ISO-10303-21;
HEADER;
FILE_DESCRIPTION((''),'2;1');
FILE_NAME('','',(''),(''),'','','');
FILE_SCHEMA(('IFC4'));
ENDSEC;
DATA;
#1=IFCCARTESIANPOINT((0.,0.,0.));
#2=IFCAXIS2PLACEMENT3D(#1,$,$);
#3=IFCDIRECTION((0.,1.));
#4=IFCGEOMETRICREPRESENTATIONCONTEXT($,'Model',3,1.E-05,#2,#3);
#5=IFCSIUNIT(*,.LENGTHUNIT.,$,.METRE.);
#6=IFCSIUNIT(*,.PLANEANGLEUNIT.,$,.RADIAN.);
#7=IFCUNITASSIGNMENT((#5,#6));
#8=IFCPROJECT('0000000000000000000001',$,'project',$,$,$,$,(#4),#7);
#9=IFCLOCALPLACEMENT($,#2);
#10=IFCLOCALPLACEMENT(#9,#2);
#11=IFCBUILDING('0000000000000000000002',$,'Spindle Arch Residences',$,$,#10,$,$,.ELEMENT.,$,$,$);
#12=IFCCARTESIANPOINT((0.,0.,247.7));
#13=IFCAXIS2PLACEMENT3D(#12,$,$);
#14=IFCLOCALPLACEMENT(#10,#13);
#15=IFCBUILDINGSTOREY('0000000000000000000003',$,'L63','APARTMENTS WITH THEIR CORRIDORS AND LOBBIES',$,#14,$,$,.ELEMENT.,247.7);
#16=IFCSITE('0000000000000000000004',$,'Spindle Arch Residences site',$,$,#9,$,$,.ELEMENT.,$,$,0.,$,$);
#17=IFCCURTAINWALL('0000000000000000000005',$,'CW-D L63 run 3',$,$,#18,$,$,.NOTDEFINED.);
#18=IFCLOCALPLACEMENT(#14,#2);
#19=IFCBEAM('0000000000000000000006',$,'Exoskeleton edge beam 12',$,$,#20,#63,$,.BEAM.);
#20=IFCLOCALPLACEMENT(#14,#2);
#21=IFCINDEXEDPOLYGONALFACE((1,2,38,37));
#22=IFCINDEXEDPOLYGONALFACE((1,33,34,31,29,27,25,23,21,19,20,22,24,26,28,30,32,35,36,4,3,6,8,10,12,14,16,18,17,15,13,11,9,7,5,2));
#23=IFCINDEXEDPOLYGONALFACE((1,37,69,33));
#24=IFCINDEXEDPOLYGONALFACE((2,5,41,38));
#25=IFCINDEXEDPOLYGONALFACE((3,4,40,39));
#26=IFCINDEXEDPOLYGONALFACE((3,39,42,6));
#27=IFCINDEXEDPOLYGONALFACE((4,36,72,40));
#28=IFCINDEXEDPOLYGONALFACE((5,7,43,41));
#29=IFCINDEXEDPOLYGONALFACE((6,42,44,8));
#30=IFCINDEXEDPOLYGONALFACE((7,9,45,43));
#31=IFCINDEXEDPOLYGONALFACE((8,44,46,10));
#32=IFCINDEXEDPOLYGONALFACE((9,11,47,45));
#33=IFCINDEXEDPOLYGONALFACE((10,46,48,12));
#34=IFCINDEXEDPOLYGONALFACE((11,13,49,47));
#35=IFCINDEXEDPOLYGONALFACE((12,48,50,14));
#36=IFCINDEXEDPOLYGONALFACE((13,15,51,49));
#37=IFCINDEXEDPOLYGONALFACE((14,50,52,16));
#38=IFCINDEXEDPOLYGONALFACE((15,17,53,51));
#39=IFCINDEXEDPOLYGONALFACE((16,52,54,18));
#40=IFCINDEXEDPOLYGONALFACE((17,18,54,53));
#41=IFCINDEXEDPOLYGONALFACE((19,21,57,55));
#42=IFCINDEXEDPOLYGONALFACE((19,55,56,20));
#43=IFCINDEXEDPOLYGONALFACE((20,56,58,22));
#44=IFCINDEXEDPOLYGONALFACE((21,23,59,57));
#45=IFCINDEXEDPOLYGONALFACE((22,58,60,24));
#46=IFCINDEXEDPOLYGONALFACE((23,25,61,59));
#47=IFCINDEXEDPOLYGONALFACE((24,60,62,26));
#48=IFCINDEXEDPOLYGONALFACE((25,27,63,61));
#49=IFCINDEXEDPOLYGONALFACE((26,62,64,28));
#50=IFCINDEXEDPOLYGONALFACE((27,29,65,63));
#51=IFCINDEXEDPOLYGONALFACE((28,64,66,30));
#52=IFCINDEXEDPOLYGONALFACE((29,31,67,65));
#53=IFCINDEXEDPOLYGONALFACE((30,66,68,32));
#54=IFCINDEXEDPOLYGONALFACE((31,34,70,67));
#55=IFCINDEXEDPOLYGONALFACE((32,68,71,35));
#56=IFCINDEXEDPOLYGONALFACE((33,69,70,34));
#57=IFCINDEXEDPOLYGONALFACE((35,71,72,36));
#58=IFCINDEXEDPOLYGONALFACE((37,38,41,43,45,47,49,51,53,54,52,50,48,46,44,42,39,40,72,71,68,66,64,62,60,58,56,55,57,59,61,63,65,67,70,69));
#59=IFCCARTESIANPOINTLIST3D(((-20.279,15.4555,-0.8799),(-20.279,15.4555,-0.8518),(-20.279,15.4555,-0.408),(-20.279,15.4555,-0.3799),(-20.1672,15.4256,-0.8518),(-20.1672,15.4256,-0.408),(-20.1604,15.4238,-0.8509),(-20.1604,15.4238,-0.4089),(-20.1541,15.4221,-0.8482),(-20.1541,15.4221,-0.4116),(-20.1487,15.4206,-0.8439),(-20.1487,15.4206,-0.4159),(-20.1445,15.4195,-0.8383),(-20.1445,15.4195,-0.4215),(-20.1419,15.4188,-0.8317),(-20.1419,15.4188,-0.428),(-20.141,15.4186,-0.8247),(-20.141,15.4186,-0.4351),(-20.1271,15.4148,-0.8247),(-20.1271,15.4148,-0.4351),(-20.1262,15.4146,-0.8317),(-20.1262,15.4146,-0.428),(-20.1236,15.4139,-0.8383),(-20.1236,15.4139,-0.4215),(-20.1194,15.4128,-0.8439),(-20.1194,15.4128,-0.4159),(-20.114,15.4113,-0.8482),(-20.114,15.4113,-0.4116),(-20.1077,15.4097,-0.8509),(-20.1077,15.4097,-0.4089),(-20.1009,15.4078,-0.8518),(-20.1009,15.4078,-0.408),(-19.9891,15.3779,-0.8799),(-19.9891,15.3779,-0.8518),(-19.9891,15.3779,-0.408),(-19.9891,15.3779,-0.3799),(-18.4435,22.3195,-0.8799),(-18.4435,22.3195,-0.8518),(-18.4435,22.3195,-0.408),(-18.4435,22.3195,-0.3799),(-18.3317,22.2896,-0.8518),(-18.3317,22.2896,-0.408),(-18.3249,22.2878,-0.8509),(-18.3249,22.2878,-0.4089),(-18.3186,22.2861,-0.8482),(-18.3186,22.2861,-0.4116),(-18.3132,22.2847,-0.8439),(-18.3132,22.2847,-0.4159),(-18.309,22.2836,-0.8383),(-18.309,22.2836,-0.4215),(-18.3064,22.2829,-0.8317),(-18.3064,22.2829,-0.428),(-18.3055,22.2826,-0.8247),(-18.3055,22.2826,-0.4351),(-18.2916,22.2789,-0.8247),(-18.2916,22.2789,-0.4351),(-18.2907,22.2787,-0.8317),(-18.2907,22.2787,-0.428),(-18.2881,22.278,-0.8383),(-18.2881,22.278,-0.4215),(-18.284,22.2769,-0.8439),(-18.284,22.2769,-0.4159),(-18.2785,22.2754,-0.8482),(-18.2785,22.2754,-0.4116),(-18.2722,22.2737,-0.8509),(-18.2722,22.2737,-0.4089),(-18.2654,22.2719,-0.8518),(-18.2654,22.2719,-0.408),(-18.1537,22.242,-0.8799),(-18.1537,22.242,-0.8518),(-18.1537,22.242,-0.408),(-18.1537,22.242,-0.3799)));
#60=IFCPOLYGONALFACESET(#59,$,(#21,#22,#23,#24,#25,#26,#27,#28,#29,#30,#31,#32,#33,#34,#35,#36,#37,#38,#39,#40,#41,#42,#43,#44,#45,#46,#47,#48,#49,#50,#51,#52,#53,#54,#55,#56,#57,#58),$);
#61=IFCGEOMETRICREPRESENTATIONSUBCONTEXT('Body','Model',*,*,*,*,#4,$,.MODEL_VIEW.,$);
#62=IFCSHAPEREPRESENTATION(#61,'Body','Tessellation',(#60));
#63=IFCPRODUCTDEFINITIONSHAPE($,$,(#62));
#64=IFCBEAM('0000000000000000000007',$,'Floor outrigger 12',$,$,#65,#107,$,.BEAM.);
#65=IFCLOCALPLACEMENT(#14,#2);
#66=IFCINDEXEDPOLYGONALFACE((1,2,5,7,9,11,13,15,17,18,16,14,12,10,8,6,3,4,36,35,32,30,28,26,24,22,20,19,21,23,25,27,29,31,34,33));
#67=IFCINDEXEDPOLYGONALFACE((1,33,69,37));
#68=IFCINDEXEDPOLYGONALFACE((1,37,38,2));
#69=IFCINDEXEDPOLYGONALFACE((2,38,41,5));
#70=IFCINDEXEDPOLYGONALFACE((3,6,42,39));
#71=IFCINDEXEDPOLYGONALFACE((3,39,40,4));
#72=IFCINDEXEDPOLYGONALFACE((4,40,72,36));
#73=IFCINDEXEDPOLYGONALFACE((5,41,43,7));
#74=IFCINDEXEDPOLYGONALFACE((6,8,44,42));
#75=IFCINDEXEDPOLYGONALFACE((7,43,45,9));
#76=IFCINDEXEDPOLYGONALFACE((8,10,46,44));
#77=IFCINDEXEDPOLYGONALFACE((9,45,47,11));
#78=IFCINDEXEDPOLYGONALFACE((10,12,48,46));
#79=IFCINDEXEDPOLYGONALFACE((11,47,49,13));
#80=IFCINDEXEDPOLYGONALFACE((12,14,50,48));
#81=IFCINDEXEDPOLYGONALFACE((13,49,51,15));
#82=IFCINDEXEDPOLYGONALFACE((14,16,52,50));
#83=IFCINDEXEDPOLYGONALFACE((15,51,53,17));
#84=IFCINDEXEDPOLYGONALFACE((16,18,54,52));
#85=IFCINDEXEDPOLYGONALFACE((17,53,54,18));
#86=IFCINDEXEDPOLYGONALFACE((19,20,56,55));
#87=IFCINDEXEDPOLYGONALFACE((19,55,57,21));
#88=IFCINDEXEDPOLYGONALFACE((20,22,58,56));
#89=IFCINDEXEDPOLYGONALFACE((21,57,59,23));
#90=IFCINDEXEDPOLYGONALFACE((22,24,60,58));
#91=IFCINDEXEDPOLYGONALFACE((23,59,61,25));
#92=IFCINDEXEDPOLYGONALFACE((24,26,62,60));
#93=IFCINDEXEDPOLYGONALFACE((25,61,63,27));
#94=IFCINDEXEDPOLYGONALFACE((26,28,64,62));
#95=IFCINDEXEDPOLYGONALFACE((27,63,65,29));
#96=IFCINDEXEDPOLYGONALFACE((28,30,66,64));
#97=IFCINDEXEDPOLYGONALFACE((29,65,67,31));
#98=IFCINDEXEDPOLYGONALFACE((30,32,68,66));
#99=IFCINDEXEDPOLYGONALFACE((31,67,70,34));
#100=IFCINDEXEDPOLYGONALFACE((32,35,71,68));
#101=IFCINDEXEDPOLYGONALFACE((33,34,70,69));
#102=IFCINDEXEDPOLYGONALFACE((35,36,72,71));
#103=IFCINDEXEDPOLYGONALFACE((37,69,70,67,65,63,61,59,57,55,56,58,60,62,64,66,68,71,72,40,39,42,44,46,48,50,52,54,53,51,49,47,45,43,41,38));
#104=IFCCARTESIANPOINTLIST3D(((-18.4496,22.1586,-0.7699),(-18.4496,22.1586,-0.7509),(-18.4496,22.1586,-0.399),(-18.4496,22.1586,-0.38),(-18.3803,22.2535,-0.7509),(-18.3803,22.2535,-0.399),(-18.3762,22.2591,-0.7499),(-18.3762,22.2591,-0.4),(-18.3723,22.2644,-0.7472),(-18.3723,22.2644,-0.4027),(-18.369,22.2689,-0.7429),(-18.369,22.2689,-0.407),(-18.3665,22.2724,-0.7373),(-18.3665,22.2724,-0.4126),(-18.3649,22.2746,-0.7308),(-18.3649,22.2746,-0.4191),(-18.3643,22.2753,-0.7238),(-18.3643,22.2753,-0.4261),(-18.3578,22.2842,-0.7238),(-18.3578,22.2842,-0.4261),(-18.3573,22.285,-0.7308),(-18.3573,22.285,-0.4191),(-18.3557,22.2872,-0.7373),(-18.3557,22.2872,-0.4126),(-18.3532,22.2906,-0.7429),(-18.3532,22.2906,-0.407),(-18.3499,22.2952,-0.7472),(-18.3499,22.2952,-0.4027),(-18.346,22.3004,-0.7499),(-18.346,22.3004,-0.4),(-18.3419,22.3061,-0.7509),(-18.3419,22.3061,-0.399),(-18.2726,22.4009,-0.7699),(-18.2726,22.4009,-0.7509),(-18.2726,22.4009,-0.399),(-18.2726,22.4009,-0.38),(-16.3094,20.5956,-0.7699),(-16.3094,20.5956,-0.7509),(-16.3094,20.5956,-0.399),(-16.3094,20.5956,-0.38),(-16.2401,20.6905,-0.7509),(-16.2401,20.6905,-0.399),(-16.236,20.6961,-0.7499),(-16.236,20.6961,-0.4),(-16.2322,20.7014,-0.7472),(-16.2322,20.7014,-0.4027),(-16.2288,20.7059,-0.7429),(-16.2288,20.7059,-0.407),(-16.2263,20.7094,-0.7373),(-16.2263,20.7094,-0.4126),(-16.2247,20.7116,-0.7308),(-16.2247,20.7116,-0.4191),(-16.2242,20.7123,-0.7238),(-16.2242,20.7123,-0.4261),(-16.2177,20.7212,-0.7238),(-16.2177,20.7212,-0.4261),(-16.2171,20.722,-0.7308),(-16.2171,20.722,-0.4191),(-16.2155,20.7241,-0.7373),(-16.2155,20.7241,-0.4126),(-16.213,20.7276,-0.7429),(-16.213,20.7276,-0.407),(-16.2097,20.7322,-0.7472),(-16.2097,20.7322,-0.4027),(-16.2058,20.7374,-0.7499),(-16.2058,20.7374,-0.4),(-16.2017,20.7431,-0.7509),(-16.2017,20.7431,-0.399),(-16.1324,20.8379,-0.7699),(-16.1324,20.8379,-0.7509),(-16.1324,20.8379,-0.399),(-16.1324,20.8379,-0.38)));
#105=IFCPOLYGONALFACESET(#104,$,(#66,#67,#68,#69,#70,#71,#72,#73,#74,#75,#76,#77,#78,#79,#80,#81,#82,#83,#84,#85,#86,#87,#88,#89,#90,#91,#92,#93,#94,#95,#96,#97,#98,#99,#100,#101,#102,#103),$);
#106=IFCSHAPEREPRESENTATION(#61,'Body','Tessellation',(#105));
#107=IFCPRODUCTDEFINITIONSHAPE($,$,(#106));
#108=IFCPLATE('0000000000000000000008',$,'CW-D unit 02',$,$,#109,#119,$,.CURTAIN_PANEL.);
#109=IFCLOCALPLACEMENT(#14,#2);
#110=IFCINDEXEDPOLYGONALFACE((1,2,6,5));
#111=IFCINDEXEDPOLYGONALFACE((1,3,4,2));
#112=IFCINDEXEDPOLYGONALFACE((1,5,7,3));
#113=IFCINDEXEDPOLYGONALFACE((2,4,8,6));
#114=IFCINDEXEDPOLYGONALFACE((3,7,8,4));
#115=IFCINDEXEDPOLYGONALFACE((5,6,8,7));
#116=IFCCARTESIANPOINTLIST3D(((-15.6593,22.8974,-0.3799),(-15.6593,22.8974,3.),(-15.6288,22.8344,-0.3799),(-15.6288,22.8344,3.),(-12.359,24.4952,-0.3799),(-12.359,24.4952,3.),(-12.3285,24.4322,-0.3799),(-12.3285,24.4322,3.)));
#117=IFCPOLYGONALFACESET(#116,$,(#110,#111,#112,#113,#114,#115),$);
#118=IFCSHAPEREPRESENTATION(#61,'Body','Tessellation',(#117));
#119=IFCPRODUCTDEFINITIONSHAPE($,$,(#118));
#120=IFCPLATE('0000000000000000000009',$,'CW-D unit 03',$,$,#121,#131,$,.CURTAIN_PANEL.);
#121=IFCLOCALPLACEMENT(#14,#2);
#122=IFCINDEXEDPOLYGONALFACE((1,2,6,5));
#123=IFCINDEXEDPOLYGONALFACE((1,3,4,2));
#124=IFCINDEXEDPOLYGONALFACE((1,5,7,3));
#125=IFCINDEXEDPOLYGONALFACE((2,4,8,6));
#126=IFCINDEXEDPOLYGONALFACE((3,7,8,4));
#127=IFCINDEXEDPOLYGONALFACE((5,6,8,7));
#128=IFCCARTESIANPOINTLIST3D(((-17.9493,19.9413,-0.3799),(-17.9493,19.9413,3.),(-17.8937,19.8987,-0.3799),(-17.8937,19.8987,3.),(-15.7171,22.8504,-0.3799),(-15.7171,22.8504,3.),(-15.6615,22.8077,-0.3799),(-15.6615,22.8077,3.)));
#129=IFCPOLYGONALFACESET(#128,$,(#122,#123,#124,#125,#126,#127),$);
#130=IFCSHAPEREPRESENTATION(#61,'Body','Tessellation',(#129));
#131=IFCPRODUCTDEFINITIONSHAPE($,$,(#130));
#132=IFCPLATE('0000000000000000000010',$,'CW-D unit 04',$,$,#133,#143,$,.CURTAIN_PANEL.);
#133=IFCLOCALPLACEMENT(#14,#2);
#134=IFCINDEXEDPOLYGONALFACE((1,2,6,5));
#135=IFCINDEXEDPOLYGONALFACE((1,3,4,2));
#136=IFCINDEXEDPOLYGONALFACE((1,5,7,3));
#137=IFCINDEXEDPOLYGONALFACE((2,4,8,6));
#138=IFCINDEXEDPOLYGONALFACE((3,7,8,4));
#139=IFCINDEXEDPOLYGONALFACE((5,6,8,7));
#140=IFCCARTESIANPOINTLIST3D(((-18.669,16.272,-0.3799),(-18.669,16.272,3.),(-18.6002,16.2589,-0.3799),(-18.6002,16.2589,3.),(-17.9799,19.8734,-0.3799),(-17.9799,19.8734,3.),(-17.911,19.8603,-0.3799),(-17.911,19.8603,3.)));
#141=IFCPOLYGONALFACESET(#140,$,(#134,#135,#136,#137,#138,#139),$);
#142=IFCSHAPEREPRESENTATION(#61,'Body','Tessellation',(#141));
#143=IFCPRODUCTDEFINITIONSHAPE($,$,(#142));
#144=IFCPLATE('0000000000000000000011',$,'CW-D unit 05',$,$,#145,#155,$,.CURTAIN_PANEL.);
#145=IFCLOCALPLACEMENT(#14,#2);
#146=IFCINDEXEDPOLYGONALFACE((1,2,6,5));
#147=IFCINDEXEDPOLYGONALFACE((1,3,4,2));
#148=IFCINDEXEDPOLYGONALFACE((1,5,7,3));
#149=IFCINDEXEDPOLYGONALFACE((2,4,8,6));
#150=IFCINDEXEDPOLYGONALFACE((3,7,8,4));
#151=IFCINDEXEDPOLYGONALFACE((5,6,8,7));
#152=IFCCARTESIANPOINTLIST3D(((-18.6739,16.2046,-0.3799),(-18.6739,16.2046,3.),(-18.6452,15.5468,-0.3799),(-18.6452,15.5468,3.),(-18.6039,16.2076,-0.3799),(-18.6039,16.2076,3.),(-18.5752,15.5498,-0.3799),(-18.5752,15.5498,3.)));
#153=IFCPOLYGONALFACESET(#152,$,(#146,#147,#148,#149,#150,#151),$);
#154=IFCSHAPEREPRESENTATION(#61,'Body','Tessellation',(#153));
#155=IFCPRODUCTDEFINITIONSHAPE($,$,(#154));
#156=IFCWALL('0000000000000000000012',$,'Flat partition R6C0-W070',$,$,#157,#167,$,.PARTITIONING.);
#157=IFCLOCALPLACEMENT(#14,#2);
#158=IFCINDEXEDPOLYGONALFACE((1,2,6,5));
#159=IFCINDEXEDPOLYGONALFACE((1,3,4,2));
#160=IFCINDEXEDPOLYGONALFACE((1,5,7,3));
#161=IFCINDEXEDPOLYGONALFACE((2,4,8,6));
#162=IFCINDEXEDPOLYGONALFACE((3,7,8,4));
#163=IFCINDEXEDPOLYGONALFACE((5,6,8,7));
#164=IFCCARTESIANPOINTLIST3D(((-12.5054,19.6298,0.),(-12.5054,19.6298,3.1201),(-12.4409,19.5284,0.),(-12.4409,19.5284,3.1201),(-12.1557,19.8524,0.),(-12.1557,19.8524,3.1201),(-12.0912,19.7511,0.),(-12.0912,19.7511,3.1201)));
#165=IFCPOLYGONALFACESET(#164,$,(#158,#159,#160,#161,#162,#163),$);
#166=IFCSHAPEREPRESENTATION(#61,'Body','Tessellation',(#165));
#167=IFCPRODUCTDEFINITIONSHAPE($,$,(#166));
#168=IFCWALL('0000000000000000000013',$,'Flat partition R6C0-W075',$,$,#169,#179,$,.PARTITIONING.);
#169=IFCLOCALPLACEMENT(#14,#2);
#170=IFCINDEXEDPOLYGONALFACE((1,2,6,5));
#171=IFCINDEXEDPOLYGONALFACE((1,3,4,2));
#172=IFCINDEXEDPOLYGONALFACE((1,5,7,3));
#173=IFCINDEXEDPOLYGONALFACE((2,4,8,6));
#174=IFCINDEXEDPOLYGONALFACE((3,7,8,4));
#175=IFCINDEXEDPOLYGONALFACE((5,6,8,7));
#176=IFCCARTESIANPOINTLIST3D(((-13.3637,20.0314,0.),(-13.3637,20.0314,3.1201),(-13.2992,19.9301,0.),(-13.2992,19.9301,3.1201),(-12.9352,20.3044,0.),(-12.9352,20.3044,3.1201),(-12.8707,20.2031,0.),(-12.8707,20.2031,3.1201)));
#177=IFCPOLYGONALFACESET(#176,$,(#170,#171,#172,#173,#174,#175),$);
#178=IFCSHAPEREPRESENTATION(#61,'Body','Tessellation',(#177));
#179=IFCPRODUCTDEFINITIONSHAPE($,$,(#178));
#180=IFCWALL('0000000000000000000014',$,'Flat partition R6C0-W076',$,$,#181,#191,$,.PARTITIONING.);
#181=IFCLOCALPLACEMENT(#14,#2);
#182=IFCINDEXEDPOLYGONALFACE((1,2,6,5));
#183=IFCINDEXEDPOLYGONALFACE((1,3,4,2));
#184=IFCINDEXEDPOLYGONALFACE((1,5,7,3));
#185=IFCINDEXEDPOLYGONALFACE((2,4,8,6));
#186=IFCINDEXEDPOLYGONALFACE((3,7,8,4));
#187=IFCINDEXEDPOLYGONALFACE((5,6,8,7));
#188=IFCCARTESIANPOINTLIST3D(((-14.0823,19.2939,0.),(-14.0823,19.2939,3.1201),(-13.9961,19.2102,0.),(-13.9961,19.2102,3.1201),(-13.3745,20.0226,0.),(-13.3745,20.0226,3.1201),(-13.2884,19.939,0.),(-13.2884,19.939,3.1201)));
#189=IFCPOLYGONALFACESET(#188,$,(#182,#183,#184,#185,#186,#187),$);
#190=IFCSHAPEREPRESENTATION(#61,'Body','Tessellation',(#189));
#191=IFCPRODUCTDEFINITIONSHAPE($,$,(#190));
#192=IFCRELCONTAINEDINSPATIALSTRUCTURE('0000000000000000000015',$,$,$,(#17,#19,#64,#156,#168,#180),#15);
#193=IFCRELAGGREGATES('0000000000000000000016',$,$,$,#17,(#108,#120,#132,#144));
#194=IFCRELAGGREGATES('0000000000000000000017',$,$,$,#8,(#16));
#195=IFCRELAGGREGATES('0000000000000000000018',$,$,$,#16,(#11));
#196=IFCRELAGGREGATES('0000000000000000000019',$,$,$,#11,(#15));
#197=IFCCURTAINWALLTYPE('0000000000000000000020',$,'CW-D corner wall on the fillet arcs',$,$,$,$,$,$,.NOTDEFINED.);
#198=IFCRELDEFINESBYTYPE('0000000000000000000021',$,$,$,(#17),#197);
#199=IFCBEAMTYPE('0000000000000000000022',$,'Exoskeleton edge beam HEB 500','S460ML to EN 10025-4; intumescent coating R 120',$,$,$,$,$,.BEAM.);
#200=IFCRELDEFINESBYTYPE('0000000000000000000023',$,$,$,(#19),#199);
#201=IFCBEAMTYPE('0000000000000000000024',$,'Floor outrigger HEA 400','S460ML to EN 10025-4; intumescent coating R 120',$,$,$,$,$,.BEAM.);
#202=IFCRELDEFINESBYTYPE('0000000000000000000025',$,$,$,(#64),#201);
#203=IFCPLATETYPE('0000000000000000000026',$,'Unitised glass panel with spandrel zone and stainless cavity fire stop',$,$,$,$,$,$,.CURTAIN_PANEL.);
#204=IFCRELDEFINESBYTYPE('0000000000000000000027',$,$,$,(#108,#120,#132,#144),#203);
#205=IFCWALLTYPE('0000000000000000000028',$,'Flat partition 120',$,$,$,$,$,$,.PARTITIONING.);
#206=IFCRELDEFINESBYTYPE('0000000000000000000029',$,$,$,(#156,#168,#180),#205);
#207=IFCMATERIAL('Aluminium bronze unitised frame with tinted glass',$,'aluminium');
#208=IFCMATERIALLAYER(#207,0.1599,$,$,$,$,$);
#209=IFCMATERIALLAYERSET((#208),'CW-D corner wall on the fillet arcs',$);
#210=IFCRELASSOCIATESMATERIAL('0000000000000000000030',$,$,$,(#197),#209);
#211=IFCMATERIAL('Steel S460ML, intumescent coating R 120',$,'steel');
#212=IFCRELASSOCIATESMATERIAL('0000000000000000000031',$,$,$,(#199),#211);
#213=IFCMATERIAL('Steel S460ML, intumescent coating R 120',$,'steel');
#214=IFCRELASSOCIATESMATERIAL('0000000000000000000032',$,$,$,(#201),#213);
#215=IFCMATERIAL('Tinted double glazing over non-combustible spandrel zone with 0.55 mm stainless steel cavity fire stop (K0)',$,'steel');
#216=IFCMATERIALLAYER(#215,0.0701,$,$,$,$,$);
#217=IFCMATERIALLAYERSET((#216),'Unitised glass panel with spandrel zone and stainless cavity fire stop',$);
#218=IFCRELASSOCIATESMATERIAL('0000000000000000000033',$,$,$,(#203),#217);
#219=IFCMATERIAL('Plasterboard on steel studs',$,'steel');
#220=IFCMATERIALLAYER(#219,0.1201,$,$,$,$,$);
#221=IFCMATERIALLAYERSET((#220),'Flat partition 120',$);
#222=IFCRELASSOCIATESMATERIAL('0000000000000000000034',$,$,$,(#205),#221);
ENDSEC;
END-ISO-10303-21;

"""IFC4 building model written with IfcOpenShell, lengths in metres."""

from ifc_helpers import new_model, si_unit, direction, frame, frame_2d, origin, origin_2d, place, context, subcontext, project, spatial, rectangle, i_section, extrude, material, layer, layer_set, material_profile, profile_set, type_object, element, aggregate, save


model = new_model("IFC4")

# Units and contexts
model_context = context("Model", 3, precision=1e-05, world=origin(), true_north=direction((0.0, 1.0)))
body_context = subcontext(model_context, "Body", "Model", "MODEL_VIEW")
ifc_project = project(units=[si_unit("LENGTHUNIT", "METRE"), si_unit("PLANEANGLEUNIT", "RADIAN")], contexts=[model_context])

# Site, building, storey
site_placement = place(None, origin())
site = spatial("IfcSite", under=ifc_project, at=site_placement, Name="Spindle Arch Residences site", CompositionType="ELEMENT", RefElevation=0.0)
building_placement = place(site_placement, origin())
building = spatial("IfcBuilding", under=site, at=building_placement, Name="Spindle Arch Residences", CompositionType="ELEMENT")
storey_placement = place(building_placement, frame((0.0, 0.0, 247.7)))
storey = spatial("IfcBuildingStorey", under=building, at=storey_placement, Name="L63", Description="APARTMENTS WITH THEIR CORRIDORS AND LOBBIES", CompositionType="ELEMENT", Elevation=247.7)

# Curtain wall
ifc_material_1 = material(Name="Aluminium bronze unitised frame with tinted glass", Category="aluminium")
ifc_layer_1 = layer(ifc_material_1, 0.1599)
ifc_layer_set_1 = layer_set([ifc_layer_1], Name="CW-D corner wall on the fillet arcs")
curtain_wall_type = type_object("IfcCurtainWallType", Name="CW-D corner wall on the fillet arcs", PredefinedType="NOTDEFINED", material=ifc_layer_set_1)
curtain_wall_placement = place(storey_placement, origin())
curtain_wall = element("IfcCurtainWall", 1, at=curtain_wall_placement, inside=storey, type_object=curtain_wall_type, Name="CW-D L63 run 3", PredefinedType="NOTDEFINED")

# Beams
ifc_material_2 = material(Name="Steel S460ML, intumescent coating R 120", Category="steel")
ifc_material_profile_1 = material_profile(ifc_material_2, i_section(OverallWidth=0.3, OverallDepth=0.5, WebThickness=0.0144, FlangeThickness=0.0281, FilletRadius=0.0271, at=origin_2d()), Name="HEB 500")
ifc_profile_set_1 = profile_set([ifc_material_profile_1], Name="Steel S460ML, intumescent coating R 120")
beam_type_1 = type_object("IfcBeamType", Name="Exoskeleton edge beam HEB 500", Description="S460ML to EN 10025-4; intumescent coating R 120", PredefinedType="BEAM", material=ifc_profile_set_1)
beam_1_placement = place(storey_placement, frame((-18.2986, 22.2808, -0.6299), z_axis=(-0.258326, -0.966058, 0.0), x_axis=(0.966058, -0.258326, 0.0)))
element("IfcBeam", 2, at=beam_1_placement, inside=storey, type_object=beam_type_1, Name="Exoskeleton edge beam 12", PredefinedType="BEAM", context=body_context, shape_type="SweptSolid", body=[
    extrude(i_section(OverallWidth=0.3, OverallDepth=0.5, WebThickness=0.0144, FlangeThickness=0.0281, FilletRadius=0.0271, at=origin_2d()), origin(), (0.0, 0.0, 1.0), 7.1052),
])
ifc_material_3 = material(Name="Steel S460ML, intumescent coating R 120", Category="steel")
ifc_material_profile_2 = material_profile(ifc_material_3, i_section(OverallWidth=0.3, OverallDepth=0.3899, WebThickness=0.011, FlangeThickness=0.019, FilletRadius=0.0271, at=origin_2d()), Name="HEA 400")
ifc_profile_set_2 = profile_set([ifc_material_profile_2], Name="Steel S460ML, intumescent coating R 120")
beam_type_2 = type_object("IfcBeamType", Name="Floor outrigger HEA 400", Description="S460ML to EN 10025-4; intumescent coating R 120", PredefinedType="BEAM", material=ifc_profile_set_2)
beam_2_placement = place(storey_placement, frame((-18.3611, 22.2798, -0.575), z_axis=(0.807563, -0.589781, 0.0), x_axis=(0.589781, 0.807563, 0.0)))
element("IfcBeam", 3, at=beam_2_placement, inside=storey, type_object=beam_type_2, Name="Floor outrigger 12", PredefinedType="BEAM", context=body_context, shape_type="SweptSolid", body=[
    extrude(i_section(OverallWidth=0.3, OverallDepth=0.3899, WebThickness=0.011, FlangeThickness=0.019, FilletRadius=0.0271, at=origin_2d()), origin(), (0.0, 0.0, 1.0), 2.6501),
])

# Plates
ifc_material_4 = material(Name="Tinted double glazing over non-combustible spandrel zone with 0.55 mm stainless steel cavity fire stop (K0)", Category="steel")
ifc_layer_2 = layer(ifc_material_4, 0.0701)
ifc_layer_set_2 = layer_set([ifc_layer_2], Name="Unitised glass panel with spandrel zone and stainless cavity fire stop")
plate_type = type_object("IfcPlateType", Name="Unitised glass panel with spandrel zone and stainless cavity fire stop", PredefinedType="CURTAIN_PANEL", material=ifc_layer_set_2)
plate_1_placement = place(storey_placement, frame((-13.9939, 23.6648, -0.3799), z_axis=(0.0, 0.0, 1.0), x_axis=(-0.900065, -0.435755, 0.0)))
plate_1 = element("IfcPlate", 4, at=plate_1_placement, type_object=plate_type, Name="CW-D unit 02", PredefinedType="CURTAIN_PANEL", context=body_context, shape_type="SweptSolid", body=[
    extrude(rectangle(XDim=3.6667, YDim=0.0701, at=origin_2d()), origin(), (0.0, 0.0, 1.0), 3.3799),
])
plate_2_placement = place(storey_placement, frame((-16.8054, 21.3745, -0.3799), z_axis=(0.0, 0.0, 1.0), x_axis=(-0.608761, -0.793353, 0.0)))
plate_2 = element("IfcPlate", 5, at=plate_2_placement, type_object=plate_type, Name="CW-D unit 03", PredefinedType="CURTAIN_PANEL", context=body_context, shape_type="SweptSolid", body=[
    extrude(rectangle(XDim=3.6667, YDim=0.0701, at=origin_2d()), origin(), (0.0, 0.0, 1.0), 3.3799),
])
plate_3_placement = place(storey_placement, frame((-18.29, 18.0662, -0.3799), z_axis=(0.0, 0.0, 1.0), x_axis=(-0.187953, -0.982178, 0.0)))
plate_3 = element("IfcPlate", 6, at=plate_3_placement, type_object=plate_type, Name="CW-D unit 04", PredefinedType="CURTAIN_PANEL", context=body_context, shape_type="SweptSolid", body=[
    extrude(rectangle(XDim=3.6667, YDim=0.0701, at=origin_2d()), origin(), (0.0, 0.0, 1.0), 3.3799),
])
plate_4_placement = place(storey_placement, frame((-18.6245, 15.8772, -0.3799), z_axis=(0.0, 0.0, 1.0), x_axis=(0.043619, -0.999048, 0.0)))
plate_4 = element("IfcPlate", 7, at=plate_4_placement, type_object=plate_type, Name="CW-D unit 05", PredefinedType="CURTAIN_PANEL", context=body_context, shape_type="SweptSolid", body=[
    extrude(rectangle(XDim=0.6584, YDim=0.0701, at=origin_2d()), origin(), (0.0, 0.0, 1.0), 3.3799),
])
aggregate(curtain_wall, [plate_1, plate_2, plate_3, plate_4])

# Walls
ifc_material_5 = material(Name="Plasterboard on steel studs", Category="steel")
ifc_layer_3 = layer(ifc_material_5, 0.1201)
ifc_layer_set_3 = layer_set([ifc_layer_3], Name="Flat partition 120")
wall_type_1 = type_object("IfcWallType", Name="Flat partition 120", PredefinedType="PARTITIONING", material=ifc_layer_set_3)
wall_1_placement = place(storey_placement, frame((-12.4731, 19.5791, 0.0), z_axis=(0.0, 0.0, 1.0), x_axis=(0.843467, 0.53718, 0.0)))
element("IfcWall", 8, at=wall_1_placement, inside=storey, type_object=wall_type_1, Name="Flat partition R6C0-W070", PredefinedType="PARTITIONING", context=body_context, shape_type="SweptSolid", body=[
    extrude(rectangle(XDim=0.4146, YDim=0.1201, at=frame_2d((0.2073, 0.0))), origin(), (0.0, 0.0, 1.0), 3.1201),
])
wall_2_placement = place(storey_placement, frame((-12.9031, 20.2537, 0.0), z_axis=(0.0, 0.0, 1.0), x_axis=(-0.843404, -0.53728, 0.0)))
element("IfcWall", 9, at=wall_2_placement, inside=storey, type_object=wall_type_1, Name="Flat partition R6C0-W075", PredefinedType="PARTITIONING", context=body_context, shape_type="SweptSolid", body=[
    extrude(rectangle(XDim=0.5081, YDim=0.1201, at=frame_2d((0.2539, 0.0))), origin(), (0.0, 0.0, 1.0), 3.1201),
])
for number, where, z_axis, x_axis, name in (
    (10, (-13.3315, 19.9807, 0.0), (0.0, 0.0, 1.0), (-0.696697, -0.717365, 0.0), "Flat partition R6C0-W076"),
):
    element("IfcWall", number, at=place(storey_placement, frame(where, z_axis=z_axis, x_axis=x_axis)), inside=storey, type_object=wall_type_1, Name=name, PredefinedType="PARTITIONING", context=body_context, shape_type="SweptSolid", body=[
        extrude(rectangle(XDim=1.0159, YDim=0.1201, at=frame_2d((0.5078, 0.0))), origin(), (0.0, 0.0, 1.0), 3.1201),
    ])

save(model, "model.ifc")
